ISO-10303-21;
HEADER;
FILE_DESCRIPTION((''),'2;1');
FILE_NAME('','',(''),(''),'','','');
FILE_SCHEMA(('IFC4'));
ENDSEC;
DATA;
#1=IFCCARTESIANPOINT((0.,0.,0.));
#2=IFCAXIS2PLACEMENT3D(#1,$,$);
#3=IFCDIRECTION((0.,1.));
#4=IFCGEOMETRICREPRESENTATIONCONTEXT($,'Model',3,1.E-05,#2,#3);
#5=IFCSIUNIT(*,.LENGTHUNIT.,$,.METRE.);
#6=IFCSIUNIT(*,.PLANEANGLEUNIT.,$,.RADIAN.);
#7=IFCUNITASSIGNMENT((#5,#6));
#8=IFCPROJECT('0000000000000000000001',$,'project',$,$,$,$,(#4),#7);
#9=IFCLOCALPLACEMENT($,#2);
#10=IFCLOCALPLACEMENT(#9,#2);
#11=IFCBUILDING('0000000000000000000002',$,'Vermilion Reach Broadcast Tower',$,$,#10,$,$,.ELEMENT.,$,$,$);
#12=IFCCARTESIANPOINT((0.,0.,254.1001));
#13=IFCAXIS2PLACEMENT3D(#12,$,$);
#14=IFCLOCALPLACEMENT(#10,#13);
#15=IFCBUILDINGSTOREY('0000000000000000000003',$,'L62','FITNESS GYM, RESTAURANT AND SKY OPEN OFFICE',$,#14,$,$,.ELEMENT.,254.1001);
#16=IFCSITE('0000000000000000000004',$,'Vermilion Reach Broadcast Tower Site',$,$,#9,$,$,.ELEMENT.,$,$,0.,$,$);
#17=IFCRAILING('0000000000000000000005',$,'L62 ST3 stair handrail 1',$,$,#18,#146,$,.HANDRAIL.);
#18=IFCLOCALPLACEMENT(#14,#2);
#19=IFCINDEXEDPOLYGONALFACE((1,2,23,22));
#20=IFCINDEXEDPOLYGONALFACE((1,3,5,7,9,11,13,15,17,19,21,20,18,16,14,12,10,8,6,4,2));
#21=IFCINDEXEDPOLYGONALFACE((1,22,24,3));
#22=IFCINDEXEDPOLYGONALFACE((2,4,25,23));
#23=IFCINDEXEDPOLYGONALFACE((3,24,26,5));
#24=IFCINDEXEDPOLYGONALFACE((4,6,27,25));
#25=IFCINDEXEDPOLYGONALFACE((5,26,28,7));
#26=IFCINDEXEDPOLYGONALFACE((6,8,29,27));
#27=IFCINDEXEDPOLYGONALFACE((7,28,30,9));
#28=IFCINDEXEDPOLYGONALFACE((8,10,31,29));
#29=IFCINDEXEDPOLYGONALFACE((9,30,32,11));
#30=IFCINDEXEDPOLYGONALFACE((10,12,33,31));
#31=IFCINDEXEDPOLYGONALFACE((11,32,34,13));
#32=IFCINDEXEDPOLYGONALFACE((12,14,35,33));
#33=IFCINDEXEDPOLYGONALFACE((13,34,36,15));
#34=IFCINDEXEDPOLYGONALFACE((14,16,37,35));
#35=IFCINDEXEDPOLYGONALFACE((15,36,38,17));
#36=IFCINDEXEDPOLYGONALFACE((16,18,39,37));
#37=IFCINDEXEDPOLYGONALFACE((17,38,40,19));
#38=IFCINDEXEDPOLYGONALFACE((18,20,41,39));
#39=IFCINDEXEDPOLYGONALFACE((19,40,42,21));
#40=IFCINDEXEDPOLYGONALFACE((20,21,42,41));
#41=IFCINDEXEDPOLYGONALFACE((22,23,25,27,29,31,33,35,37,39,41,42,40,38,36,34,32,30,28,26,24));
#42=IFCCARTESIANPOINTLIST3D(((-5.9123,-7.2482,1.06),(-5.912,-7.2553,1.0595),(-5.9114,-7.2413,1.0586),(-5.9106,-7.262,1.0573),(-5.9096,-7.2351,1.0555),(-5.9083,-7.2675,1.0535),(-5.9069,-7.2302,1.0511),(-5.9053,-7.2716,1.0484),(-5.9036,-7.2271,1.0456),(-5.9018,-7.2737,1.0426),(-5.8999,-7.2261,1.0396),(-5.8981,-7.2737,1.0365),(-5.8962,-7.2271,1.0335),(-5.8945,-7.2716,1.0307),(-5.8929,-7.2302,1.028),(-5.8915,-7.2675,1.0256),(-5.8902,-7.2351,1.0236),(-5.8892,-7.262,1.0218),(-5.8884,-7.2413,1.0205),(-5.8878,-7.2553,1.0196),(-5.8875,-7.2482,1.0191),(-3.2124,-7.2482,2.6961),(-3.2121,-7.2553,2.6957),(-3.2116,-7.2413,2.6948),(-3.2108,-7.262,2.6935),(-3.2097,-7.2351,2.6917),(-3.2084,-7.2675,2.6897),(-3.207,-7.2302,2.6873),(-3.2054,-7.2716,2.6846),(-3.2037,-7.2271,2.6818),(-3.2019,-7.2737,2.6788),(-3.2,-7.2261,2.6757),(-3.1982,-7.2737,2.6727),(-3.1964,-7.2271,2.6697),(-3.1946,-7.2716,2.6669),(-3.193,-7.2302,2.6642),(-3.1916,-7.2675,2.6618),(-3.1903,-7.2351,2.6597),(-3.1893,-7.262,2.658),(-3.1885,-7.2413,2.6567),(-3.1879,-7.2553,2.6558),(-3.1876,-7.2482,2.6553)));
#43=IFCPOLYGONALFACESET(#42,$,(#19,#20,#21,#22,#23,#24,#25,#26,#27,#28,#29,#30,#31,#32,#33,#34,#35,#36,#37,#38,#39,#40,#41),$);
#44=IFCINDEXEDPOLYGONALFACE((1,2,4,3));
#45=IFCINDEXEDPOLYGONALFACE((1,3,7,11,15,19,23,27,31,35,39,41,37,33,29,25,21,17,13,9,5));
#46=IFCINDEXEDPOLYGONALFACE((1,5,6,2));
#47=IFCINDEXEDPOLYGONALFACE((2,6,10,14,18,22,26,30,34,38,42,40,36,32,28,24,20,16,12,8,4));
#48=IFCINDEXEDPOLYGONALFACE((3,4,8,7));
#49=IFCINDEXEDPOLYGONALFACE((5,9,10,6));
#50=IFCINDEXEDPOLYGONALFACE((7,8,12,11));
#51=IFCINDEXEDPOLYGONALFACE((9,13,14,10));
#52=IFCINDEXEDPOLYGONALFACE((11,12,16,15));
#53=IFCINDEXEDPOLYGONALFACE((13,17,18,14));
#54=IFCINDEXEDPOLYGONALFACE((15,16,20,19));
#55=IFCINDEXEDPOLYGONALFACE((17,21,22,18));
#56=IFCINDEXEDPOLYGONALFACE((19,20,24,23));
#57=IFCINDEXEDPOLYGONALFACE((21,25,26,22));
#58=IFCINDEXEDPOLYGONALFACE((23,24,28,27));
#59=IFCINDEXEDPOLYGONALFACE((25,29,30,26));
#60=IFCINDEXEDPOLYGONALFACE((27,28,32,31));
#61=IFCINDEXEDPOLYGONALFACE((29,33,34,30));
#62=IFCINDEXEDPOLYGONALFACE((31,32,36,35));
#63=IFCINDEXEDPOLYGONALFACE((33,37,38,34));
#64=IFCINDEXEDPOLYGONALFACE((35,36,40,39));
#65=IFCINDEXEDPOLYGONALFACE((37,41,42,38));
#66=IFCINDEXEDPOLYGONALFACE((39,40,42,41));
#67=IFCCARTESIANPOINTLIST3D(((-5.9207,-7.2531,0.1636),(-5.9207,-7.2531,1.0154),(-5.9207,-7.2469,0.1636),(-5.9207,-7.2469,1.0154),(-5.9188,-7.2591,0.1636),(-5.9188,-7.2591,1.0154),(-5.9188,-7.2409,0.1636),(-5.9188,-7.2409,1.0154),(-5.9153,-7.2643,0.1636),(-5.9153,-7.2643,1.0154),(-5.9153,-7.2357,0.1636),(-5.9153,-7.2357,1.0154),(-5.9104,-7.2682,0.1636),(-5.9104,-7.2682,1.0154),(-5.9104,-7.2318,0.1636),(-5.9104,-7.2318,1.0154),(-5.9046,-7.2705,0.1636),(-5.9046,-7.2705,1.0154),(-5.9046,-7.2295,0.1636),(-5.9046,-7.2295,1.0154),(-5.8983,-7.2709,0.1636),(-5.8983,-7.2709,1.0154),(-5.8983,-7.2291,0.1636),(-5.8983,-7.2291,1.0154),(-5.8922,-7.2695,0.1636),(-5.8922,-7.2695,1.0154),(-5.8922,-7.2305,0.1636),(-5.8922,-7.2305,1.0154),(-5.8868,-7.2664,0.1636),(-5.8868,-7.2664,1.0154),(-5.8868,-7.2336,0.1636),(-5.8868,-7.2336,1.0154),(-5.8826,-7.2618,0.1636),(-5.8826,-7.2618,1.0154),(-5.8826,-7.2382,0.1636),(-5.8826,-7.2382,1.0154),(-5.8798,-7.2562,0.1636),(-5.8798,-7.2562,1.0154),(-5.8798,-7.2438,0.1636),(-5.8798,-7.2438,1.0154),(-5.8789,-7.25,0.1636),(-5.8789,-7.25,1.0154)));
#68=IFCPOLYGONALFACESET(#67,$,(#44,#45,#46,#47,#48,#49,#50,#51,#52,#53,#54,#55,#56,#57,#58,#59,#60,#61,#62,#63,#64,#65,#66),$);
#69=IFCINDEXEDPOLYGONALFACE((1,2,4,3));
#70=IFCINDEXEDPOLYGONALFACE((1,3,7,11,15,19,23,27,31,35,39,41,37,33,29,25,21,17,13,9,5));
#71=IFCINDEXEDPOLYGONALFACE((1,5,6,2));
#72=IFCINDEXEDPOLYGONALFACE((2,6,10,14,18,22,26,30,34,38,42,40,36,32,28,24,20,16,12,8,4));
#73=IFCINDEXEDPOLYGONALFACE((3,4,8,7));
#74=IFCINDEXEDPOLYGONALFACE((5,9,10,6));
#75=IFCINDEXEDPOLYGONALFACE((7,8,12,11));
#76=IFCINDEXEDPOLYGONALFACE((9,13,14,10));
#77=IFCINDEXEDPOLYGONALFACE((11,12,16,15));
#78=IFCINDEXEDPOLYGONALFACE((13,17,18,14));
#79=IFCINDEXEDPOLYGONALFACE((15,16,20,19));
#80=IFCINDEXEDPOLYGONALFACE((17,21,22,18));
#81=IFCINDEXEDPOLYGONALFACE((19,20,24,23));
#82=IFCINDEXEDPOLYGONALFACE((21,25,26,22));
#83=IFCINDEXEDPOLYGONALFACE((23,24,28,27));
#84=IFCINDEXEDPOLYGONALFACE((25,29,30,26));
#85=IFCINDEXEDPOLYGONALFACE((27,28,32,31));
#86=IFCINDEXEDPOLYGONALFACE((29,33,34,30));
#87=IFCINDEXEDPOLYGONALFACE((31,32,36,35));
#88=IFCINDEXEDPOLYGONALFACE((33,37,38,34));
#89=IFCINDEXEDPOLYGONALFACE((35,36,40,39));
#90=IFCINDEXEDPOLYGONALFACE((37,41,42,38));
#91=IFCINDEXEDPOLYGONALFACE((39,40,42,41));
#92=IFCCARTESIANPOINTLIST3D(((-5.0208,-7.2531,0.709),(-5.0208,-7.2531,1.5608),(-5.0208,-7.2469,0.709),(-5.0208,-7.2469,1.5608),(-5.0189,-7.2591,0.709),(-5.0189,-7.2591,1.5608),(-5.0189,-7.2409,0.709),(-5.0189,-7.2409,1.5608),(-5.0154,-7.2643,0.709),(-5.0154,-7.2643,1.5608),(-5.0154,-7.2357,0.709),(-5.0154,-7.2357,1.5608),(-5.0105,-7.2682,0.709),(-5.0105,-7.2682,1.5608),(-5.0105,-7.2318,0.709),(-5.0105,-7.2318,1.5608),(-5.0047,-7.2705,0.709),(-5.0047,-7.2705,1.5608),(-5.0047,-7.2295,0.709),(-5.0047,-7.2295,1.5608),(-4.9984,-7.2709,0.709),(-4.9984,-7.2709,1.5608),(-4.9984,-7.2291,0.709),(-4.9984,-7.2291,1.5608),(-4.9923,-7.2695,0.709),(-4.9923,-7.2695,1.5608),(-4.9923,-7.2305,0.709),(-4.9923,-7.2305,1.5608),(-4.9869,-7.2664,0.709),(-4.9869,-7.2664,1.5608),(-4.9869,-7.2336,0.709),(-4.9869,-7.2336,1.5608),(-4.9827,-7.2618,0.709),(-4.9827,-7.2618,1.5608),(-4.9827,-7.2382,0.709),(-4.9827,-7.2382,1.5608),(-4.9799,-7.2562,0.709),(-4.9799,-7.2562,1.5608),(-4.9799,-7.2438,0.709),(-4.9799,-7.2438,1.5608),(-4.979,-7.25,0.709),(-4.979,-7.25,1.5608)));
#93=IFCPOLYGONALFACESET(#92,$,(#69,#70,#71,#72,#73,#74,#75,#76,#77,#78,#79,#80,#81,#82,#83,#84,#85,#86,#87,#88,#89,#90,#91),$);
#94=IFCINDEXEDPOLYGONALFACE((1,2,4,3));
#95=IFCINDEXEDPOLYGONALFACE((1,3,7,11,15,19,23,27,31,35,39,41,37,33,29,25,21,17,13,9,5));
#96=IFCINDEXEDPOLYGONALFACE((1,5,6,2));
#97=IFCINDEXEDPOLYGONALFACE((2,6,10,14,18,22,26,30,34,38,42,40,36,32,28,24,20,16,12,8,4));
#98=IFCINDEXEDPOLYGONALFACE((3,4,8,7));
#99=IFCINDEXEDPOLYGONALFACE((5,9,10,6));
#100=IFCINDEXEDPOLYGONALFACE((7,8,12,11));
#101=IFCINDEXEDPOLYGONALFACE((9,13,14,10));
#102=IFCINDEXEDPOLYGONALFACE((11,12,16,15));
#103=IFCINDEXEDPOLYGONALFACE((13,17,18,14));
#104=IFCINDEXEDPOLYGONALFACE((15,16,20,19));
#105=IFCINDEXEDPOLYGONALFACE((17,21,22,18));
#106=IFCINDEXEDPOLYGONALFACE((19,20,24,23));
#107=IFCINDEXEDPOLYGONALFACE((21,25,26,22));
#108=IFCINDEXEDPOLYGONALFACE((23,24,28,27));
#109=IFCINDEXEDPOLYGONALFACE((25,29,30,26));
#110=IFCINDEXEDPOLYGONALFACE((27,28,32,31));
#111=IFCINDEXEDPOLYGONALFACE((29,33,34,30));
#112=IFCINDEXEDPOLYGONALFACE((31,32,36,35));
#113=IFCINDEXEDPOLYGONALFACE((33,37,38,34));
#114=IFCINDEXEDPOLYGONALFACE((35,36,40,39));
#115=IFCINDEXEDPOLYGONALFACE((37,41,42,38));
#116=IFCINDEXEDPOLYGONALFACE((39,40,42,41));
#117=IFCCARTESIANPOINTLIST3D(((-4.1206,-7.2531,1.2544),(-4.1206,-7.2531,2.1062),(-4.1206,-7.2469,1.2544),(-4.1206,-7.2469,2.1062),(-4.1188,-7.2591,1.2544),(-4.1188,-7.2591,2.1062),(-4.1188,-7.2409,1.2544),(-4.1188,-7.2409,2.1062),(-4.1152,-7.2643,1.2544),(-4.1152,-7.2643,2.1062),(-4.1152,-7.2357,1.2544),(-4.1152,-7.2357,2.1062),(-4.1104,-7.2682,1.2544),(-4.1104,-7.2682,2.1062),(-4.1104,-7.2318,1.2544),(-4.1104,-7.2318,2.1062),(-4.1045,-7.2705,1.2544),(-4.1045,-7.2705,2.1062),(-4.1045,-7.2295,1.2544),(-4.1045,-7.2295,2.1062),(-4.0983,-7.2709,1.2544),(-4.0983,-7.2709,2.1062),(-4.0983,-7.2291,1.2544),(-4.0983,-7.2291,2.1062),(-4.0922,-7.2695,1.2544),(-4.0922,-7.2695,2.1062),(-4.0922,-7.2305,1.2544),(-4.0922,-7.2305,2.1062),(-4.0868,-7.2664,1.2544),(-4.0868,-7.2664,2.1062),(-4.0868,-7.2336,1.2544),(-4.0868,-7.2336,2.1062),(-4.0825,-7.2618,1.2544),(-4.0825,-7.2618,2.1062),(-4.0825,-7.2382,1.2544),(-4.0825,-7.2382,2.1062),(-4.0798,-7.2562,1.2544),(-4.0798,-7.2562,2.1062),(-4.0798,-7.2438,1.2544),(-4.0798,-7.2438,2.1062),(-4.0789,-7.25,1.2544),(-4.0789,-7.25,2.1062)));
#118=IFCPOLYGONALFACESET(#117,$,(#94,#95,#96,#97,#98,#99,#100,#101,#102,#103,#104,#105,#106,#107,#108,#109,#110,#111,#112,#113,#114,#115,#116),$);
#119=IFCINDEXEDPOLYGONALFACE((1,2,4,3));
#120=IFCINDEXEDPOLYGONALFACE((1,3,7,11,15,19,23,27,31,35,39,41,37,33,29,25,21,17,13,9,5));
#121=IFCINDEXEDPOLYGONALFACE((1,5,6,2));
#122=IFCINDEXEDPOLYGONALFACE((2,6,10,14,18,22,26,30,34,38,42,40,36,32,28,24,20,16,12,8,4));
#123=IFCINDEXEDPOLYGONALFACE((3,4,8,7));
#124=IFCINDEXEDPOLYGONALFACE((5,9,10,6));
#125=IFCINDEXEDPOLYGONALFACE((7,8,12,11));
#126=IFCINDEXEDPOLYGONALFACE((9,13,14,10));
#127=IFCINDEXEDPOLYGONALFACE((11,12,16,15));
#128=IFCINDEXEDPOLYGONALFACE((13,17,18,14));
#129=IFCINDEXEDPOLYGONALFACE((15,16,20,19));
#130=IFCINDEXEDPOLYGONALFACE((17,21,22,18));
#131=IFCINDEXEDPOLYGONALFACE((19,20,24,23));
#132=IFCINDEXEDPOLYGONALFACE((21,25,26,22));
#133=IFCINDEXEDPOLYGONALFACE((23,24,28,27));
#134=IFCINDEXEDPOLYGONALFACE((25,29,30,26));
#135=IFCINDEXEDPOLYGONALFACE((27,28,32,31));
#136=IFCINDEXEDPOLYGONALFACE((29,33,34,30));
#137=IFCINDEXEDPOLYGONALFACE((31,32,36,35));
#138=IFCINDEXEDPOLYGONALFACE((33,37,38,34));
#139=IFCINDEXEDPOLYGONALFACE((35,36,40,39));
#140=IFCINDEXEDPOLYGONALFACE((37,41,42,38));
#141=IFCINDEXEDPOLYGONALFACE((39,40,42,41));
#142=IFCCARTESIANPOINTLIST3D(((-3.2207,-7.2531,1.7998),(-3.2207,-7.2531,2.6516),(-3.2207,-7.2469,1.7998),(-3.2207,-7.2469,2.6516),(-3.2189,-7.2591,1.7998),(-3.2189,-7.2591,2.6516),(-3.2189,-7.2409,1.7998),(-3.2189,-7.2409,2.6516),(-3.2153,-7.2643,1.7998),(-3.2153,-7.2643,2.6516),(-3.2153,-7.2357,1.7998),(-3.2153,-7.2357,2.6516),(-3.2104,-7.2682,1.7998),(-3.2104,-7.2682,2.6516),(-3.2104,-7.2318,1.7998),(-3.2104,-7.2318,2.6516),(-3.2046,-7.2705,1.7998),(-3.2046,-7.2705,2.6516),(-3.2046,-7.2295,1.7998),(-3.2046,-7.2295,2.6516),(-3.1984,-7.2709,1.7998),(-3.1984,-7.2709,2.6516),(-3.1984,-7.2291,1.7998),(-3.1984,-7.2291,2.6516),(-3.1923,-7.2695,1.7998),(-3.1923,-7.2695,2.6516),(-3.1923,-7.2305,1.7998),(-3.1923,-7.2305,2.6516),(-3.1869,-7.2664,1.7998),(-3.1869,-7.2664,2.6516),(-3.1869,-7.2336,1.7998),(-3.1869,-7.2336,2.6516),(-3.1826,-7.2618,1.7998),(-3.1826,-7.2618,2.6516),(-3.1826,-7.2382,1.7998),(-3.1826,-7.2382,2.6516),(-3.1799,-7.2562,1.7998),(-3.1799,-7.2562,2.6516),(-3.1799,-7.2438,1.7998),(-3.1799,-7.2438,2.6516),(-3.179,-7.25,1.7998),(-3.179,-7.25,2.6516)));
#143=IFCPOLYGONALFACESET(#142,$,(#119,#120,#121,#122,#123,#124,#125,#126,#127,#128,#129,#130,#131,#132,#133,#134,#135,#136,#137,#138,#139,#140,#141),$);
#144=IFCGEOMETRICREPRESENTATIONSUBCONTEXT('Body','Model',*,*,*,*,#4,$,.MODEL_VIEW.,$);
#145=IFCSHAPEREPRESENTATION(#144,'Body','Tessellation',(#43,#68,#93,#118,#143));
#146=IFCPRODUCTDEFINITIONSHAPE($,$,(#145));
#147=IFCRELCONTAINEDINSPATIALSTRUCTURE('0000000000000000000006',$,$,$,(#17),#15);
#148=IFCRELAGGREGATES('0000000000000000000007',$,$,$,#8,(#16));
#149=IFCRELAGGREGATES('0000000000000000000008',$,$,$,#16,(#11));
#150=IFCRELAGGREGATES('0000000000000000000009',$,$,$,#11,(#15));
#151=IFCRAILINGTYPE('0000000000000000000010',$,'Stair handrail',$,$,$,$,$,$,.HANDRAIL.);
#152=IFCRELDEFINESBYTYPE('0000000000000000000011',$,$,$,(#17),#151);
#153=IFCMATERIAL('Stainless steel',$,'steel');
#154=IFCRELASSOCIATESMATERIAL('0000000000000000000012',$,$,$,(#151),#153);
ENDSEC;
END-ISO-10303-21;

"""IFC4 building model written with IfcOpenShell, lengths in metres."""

from ifc_helpers import new_model, si_unit, direction, frame, origin, origin_2d, place, context, subcontext, project, spatial, circle, extrude, material, type_object, element, save


model = new_model("IFC4")

# Units and contexts
model_context = context("Model", 3, precision=1e-05, world=origin(), true_north=direction((0.0, 1.0)))
body_context = subcontext(model_context, "Body", "Model", "MODEL_VIEW")
ifc_project = project(units=[si_unit("LENGTHUNIT", "METRE"), si_unit("PLANEANGLEUNIT", "RADIAN")], contexts=[model_context])

# Site, building, storey
site_placement = place(None, origin())
site = spatial("IfcSite", under=ifc_project, at=site_placement, Name="Vermilion Reach Broadcast Tower Site", CompositionType="ELEMENT", RefElevation=0.0)
building_placement = place(site_placement, origin())
building = spatial("IfcBuilding", under=site, at=building_placement, Name="Vermilion Reach Broadcast Tower", CompositionType="ELEMENT")
storey_placement = place(building_placement, frame((0.0, 0.0, 254.1001)))
storey = spatial("IfcBuildingStorey", under=building, at=storey_placement, Name="L62", Description="FITNESS GYM, RESTAURANT AND SKY OPEN OFFICE", CompositionType="ELEMENT", Elevation=254.1001)

# Railing
ifc_material_1 = material(Name="Stainless steel", Category="steel")
railing_type_1 = type_object("IfcRailingType", Name="Stair handrail", PredefinedType="HANDRAIL", material=ifc_material_1)
railing_1_placement = place(storey_placement, frame((-5.8999, -7.25, 0.1636)))
element("IfcRailing", 1, at=railing_1_placement, inside=storey, type_object=railing_type_1, Name="L62 ST3 stair handrail 1", PredefinedType="HANDRAIL", context=body_context, shape_type="SweptSolid", body=[
    extrude(circle(Radius=0.0239, at=origin_2d()), frame((0.0, 0.0, 0.876), z_axis=(0.855212, 0.0, 0.518278), x_axis=(0.0, 1.0, 0.0)), (0.0, 0.0, 1.0), 3.157),
    extrude(circle(Radius=0.021, at=origin_2d()), origin(), (0.0, 0.0, 1.0), 0.8518),
    extrude(circle(Radius=0.021, at=origin_2d()), frame((0.8999, 0.0, 0.5454)), (0.0, 0.0, 1.0), 0.8518),
    extrude(circle(Radius=0.021, at=origin_2d()), frame((1.8, 0.0, 1.0908)), (0.0, 0.0, 1.0), 0.8518),
    extrude(circle(Radius=0.021, at=origin_2d()), frame((2.7, 0.0, 1.6362)), (0.0, 0.0, 1.0), 0.8518),
])

save(model, "model.ifc")
